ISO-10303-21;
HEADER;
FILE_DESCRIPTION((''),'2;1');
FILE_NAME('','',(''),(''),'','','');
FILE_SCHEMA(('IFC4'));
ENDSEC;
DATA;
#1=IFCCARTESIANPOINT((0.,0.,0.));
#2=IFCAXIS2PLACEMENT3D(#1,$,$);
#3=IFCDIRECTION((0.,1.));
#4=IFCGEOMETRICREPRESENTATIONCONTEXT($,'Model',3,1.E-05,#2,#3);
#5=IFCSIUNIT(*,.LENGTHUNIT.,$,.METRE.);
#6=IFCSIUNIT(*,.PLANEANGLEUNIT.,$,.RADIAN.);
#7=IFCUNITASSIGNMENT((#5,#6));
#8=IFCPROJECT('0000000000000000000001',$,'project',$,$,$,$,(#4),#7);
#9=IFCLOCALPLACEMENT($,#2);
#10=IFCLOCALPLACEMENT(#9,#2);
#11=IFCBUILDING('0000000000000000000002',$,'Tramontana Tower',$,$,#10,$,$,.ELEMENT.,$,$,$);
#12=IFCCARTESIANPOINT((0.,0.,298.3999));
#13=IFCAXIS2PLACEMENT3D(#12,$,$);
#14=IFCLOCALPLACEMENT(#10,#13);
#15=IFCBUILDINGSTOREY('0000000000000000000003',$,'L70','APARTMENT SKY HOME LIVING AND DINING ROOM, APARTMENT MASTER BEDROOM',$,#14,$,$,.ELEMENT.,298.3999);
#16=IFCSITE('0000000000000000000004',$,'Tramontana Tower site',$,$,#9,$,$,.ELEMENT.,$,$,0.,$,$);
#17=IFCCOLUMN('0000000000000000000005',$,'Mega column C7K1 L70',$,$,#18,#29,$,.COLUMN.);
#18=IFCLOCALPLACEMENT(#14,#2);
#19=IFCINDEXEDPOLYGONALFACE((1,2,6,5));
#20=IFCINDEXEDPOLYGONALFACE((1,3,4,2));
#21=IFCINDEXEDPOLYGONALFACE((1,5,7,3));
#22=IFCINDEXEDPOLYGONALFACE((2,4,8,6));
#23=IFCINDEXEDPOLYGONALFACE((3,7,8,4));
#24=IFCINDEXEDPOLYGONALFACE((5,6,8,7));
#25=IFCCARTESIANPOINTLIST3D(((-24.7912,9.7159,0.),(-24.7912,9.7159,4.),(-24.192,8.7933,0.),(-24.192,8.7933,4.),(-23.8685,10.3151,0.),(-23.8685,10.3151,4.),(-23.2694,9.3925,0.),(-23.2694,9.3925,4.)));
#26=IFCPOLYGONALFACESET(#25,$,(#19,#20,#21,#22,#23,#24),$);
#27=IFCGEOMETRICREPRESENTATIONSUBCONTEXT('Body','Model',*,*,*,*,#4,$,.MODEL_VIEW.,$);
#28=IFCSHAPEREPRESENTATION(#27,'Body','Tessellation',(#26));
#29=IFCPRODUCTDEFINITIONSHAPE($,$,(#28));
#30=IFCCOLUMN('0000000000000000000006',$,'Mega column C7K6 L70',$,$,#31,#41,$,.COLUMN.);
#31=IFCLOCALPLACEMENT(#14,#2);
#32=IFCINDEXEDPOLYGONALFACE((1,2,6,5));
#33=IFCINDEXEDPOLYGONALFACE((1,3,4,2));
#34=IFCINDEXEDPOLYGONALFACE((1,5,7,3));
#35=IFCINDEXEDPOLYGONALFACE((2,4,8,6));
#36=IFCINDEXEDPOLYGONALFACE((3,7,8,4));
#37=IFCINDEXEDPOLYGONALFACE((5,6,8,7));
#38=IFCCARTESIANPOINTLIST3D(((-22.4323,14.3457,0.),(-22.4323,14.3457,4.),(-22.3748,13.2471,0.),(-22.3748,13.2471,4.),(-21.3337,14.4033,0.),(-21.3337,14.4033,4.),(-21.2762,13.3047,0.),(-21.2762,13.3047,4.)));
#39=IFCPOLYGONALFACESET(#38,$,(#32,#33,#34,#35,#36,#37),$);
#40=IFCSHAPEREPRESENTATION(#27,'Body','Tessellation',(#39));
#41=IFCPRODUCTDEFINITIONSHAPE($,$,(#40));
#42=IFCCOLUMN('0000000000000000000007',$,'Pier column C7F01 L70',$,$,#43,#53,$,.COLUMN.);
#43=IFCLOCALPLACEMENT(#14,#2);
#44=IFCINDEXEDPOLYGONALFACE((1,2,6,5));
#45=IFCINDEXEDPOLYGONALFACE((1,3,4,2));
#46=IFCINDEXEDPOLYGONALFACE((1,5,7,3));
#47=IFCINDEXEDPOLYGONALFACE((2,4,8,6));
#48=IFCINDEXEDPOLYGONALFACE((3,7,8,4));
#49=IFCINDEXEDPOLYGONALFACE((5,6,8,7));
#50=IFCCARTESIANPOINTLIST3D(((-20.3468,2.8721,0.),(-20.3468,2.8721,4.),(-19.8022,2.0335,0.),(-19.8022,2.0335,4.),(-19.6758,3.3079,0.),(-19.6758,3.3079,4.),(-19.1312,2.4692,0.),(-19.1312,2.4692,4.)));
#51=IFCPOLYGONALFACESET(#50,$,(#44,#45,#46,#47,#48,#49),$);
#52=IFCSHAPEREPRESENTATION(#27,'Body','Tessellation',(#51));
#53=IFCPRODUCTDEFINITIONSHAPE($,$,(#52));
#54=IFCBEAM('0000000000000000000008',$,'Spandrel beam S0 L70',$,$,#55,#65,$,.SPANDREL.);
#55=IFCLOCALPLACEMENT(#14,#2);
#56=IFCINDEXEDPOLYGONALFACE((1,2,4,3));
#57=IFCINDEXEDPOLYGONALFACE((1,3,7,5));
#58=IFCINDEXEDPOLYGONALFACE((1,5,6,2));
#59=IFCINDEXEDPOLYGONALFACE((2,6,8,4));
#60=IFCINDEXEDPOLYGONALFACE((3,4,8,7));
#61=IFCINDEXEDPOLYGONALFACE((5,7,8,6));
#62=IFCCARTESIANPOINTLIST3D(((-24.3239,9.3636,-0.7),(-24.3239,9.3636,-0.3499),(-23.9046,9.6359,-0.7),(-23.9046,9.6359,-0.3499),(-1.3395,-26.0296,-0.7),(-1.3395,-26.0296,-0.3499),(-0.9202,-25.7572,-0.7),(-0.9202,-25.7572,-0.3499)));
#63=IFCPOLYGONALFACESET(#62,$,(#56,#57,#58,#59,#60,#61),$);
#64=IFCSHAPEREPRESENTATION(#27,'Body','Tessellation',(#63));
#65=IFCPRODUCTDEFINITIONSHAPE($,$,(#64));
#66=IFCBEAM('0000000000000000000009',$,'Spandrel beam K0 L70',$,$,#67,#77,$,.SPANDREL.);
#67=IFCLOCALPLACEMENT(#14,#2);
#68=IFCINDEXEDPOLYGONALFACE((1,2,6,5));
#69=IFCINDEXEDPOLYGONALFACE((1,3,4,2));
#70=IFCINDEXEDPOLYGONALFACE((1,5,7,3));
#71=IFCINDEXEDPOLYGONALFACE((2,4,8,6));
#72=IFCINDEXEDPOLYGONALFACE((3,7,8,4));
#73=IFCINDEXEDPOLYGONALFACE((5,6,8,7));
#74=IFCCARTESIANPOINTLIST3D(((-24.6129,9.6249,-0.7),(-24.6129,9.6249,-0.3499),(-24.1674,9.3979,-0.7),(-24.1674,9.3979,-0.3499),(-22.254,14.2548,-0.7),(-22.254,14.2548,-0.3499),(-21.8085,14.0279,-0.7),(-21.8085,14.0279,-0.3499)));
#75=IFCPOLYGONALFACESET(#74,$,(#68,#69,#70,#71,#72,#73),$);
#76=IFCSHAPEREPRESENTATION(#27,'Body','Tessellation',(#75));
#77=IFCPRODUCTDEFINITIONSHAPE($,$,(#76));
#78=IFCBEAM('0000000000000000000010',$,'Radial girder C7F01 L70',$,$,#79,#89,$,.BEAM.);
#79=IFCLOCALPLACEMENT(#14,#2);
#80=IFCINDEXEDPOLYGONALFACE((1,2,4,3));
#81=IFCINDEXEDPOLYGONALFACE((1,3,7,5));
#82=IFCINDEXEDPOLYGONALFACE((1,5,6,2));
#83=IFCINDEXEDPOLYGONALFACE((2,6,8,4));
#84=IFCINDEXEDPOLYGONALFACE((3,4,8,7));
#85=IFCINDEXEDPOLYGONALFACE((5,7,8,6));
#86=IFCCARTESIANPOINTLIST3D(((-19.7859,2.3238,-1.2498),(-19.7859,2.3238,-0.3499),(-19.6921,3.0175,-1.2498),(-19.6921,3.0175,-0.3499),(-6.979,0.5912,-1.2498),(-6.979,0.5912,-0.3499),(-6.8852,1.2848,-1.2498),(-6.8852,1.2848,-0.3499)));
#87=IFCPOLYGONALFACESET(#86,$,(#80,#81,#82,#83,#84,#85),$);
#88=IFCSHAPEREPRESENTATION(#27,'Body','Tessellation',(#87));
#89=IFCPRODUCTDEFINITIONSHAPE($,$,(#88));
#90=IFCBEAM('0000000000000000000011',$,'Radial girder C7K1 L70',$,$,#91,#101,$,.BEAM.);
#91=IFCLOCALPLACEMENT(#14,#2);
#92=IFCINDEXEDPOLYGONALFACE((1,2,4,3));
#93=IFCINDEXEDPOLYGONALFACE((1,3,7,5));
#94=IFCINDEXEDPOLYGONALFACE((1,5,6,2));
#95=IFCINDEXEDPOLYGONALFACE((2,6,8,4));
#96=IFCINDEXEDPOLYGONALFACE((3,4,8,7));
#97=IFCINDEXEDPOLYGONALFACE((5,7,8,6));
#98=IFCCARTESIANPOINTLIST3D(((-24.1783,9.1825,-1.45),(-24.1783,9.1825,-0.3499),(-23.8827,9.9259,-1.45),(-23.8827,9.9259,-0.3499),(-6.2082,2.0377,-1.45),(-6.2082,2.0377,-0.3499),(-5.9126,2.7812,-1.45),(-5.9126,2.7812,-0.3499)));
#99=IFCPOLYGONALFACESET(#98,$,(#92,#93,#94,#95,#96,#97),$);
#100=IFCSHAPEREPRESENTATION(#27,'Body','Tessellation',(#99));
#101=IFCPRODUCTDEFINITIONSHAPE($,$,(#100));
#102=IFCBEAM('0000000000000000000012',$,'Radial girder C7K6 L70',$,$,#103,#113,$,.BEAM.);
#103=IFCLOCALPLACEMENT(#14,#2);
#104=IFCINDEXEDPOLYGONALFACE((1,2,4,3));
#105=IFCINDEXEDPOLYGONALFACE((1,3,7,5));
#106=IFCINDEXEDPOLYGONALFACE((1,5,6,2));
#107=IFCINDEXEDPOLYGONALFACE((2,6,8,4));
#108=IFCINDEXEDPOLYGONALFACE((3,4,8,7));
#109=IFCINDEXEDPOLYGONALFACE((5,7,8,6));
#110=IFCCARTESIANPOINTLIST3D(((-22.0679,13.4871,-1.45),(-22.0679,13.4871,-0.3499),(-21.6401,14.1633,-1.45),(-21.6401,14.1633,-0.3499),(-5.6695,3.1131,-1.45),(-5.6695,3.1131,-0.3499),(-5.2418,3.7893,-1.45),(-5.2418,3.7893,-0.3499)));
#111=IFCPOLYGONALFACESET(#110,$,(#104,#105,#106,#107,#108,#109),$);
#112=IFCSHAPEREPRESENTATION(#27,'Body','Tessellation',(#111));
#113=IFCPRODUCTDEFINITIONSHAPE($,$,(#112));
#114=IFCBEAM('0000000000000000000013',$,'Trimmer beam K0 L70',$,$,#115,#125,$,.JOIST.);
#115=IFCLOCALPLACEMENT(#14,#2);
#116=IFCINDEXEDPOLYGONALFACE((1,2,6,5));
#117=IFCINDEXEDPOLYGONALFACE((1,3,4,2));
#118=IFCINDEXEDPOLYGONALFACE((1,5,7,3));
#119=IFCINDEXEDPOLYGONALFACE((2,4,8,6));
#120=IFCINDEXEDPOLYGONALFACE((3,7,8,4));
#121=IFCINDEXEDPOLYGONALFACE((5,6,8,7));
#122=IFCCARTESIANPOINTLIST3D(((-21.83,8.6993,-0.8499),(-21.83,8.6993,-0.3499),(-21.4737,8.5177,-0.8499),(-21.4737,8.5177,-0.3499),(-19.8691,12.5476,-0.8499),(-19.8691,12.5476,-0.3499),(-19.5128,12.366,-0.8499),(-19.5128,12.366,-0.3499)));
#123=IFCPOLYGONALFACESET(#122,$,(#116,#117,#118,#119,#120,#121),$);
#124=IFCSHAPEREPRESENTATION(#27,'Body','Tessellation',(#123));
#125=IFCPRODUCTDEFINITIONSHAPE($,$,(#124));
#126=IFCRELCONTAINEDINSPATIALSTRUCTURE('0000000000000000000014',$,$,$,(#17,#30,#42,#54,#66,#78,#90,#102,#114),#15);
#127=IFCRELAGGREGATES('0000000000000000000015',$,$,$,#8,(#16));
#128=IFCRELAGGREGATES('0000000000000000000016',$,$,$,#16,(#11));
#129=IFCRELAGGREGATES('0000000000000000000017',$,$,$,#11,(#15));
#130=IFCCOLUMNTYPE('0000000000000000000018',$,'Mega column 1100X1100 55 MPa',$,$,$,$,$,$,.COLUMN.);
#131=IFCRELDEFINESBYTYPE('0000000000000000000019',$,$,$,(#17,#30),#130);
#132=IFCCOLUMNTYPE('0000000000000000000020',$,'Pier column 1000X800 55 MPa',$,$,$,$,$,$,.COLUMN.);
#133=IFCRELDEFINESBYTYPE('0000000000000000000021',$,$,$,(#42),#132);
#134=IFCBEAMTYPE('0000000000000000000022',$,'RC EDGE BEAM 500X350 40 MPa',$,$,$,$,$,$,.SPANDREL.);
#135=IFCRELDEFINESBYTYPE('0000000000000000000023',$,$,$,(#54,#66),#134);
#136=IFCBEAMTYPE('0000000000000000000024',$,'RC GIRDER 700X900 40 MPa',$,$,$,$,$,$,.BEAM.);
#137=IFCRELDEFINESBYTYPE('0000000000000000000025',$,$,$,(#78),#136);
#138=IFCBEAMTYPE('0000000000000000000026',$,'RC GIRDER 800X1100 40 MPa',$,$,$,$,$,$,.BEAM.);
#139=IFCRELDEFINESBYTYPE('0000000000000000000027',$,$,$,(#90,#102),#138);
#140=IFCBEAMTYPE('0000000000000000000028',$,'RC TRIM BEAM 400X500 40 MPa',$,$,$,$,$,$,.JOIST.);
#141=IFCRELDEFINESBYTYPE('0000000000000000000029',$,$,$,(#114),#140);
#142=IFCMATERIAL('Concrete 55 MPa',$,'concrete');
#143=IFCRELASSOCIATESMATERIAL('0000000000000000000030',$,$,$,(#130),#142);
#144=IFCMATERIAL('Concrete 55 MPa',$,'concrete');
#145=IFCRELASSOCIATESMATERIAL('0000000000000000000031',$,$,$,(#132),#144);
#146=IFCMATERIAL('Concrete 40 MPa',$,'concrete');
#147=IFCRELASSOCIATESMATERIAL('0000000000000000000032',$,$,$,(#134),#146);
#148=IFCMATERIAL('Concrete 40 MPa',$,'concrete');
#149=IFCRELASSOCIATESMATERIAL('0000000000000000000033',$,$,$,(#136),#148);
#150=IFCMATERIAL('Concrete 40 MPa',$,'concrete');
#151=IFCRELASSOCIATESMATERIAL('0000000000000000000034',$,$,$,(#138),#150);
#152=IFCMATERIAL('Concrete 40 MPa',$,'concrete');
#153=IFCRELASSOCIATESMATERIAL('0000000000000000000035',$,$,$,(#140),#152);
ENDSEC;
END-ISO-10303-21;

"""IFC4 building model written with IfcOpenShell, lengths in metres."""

from ifc_helpers import new_model, si_unit, direction, frame, origin, origin_2d, place, context, subcontext, project, spatial, rectangle, extrude, material, material_profile, profile_set, type_object, element, save


model = new_model("IFC4")

# Units and contexts
model_context = context("Model", 3, precision=1e-05, world=origin(), true_north=direction((0.0, 1.0)))
body_context = subcontext(model_context, "Body", "Model", "MODEL_VIEW")
ifc_project = project(units=[si_unit("LENGTHUNIT", "METRE"), si_unit("PLANEANGLEUNIT", "RADIAN")], contexts=[model_context])

# Site, building, storey
site_placement = place(None, origin())
site = spatial("IfcSite", under=ifc_project, at=site_placement, Name="Tramontana Tower site", CompositionType="ELEMENT", RefElevation=0.0)
building_placement = place(site_placement, origin())
building = spatial("IfcBuilding", under=site, at=building_placement, Name="Tramontana Tower", CompositionType="ELEMENT")
storey_placement = place(building_placement, frame((0.0, 0.0, 298.3999)))
storey = spatial("IfcBuildingStorey", under=building, at=storey_placement, Name="L70", Description="APARTMENT SKY HOME LIVING AND DINING ROOM, APARTMENT MASTER BEDROOM", CompositionType="ELEMENT", Elevation=298.3999)

# Columns
ifc_material_1 = material(Name="Concrete 55 MPa", Category="concrete")
ifc_material_profile_1 = material_profile(ifc_material_1, rectangle(XDim=1.1001, YDim=1.1001, at=origin_2d()), Name="Mega column 1100X1100 55 MPa")
ifc_profile_set_1 = profile_set([ifc_material_profile_1], Name="Concrete 55 MPa")
column_type_1 = type_object("IfcColumnType", Name="Mega column 1100X1100 55 MPa", PredefinedType="COLUMN", material=ifc_profile_set_1)
for number, where, z_axis, x_axis, name in (
    (1, (-24.0303, 9.5542, 0.0), (0.0, 0.0, 1.0), (0.544639, -0.838671, 0.0), "Mega column C7K1 L70"),
    (2, (-21.8542, 13.8252, 0.0), (0.0, 0.0, 1.0), (-0.99863, -0.052336, 0.0), "Mega column C7K6 L70"),
):
    element("IfcColumn", number, at=place(storey_placement, frame(where, z_axis=z_axis, x_axis=x_axis)), inside=storey, type_object=column_type_1, Name=name, PredefinedType="COLUMN", context=body_context, shape_type="SweptSolid", body=[
        extrude(rectangle(XDim=1.1001, YDim=1.1001, at=origin_2d()), origin(), (0.0, 0.0, 1.0), 4.0),
    ])
ifc_material_2 = material(Name="Concrete 55 MPa", Category="concrete")
ifc_material_profile_2 = material_profile(ifc_material_2, rectangle(XDim=1.0, YDim=0.8, at=origin_2d()), Name="Pier column 1000X800 55 MPa")
ifc_profile_set_2 = profile_set([ifc_material_profile_2], Name="Concrete 55 MPa")
column_type_2 = type_object("IfcColumnType", Name="Pier column 1000X800 55 MPa", PredefinedType="COLUMN", material=ifc_profile_set_2)
column_placement = place(storey_placement, frame((-19.739, 2.6707, 0.0), z_axis=(0.0, 0.0, 1.0), x_axis=(0.544639, -0.838671, 0.0)))
element("IfcColumn", 3, at=column_placement, inside=storey, type_object=column_type_2, Name="Pier column C7F01 L70", PredefinedType="COLUMN", context=body_context, shape_type="SweptSolid", body=[
    extrude(rectangle(XDim=1.0, YDim=0.8, at=origin_2d()), origin(), (0.0, 0.0, 1.0), 4.0),
])

# Beams
ifc_material_3 = material(Name="Concrete 40 MPa", Category="concrete")
ifc_material_profile_3 = material_profile(ifc_material_3, rectangle(XDim=0.5, YDim=0.3501, at=origin_2d()), Name="RC EDGE BEAM 500X350 40 MPa")
ifc_profile_set_3 = profile_set([ifc_material_profile_3], Name="Concrete 40 MPa")
beam_type_1 = type_object("IfcBeamType", Name="RC EDGE BEAM 500X350 40 MPa", PredefinedType="SPANDREL", material=ifc_profile_set_3)
beam_1_placement = place(storey_placement, frame((-24.1143, 9.4998, -0.5249), z_axis=(0.544637, -0.838672, 0.0), x_axis=(0.838672, 0.544637, 0.0)))
element("IfcBeam", 4, at=beam_1_placement, inside=storey, type_object=beam_type_1, Name="Spandrel beam S0 L70", PredefinedType="SPANDREL", context=body_context, shape_type="SweptSolid", body=[
    extrude(rectangle(XDim=0.5, YDim=0.3501, at=origin_2d()), origin(), (0.0, 0.0, 1.0), 42.2014),
])
beam_2_placement = place(storey_placement, frame((-22.0312, 14.1414, -0.5249), z_axis=(-0.453967, -0.891019, 0.0), x_axis=(0.891019, -0.453967, 0.0)))
element("IfcBeam", 5, at=beam_2_placement, inside=storey, type_object=beam_type_1, Name="Spandrel beam K0 L70", PredefinedType="SPANDREL", context=body_context, shape_type="SweptSolid", body=[
    extrude(rectangle(XDim=0.5, YDim=0.3501, at=origin_2d()), origin(), (0.0, 0.0, 1.0), 5.1963),
])
ifc_material_4 = material(Name="Concrete 40 MPa", Category="concrete")
ifc_material_profile_4 = material_profile(ifc_material_4, rectangle(XDim=0.7, YDim=0.8999, at=origin_2d()), Name="RC GIRDER 700X900 40 MPa")
ifc_profile_set_4 = profile_set([ifc_material_profile_4], Name="Concrete 40 MPa")
beam_type_2 = type_object("IfcBeamType", Name="RC GIRDER 700X900 40 MPa", PredefinedType="BEAM", material=ifc_profile_set_4)
beam_3_placement = place(storey_placement, frame((-19.739, 2.6707, -0.7998), z_axis=(0.990972, -0.13407, 0.0), x_axis=(0.13407, 0.990972, 0.0)))
element("IfcBeam", 6, at=beam_3_placement, inside=storey, type_object=beam_type_2, Name="Radial girder C7F01 L70", PredefinedType="BEAM", context=body_context, shape_type="SweptSolid", body=[
    extrude(rectangle(XDim=0.7, YDim=0.8999, at=origin_2d()), origin(), (0.0, 0.0, 1.0), 12.9236),
])
ifc_material_5 = material(Name="Concrete 40 MPa", Category="concrete")
ifc_material_profile_5 = material_profile(ifc_material_5, rectangle(XDim=0.8, YDim=1.1001, at=origin_2d()), Name="RC GIRDER 800X1100 40 MPa")
ifc_profile_set_5 = profile_set([ifc_material_profile_5], Name="Concrete 40 MPa")
beam_type_3 = type_object("IfcBeamType", Name="RC GIRDER 800X1100 40 MPa", PredefinedType="BEAM", material=ifc_profile_set_5)
beam_4_placement = place(storey_placement, frame((-24.0305, 9.5542, -0.8999), z_axis=(0.929247, -0.369459, 0.0), x_axis=(0.369459, 0.929247, 0.0)))
element("IfcBeam", 7, at=beam_4_placement, inside=storey, type_object=beam_type_3, Name="Radial girder C7K1 L70", PredefinedType="BEAM", context=body_context, shape_type="SweptSolid", body=[
    extrude(rectangle(XDim=0.8, YDim=1.1001, at=origin_2d()), origin(), (0.0, 0.0, 1.0), 19.3384),
])
beam_5_placement = place(storey_placement, frame((-21.854, 13.8252, -0.8999), z_axis=(0.84509, -0.534623, 0.0), x_axis=(0.534623, 0.84509, 0.0)))
element("IfcBeam", 8, at=beam_5_placement, inside=storey, type_object=beam_type_3, Name="Radial girder C7K6 L70", PredefinedType="BEAM", context=body_context, shape_type="SweptSolid", body=[
    extrude(rectangle(XDim=0.8, YDim=1.1001, at=origin_2d()), origin(), (0.0, 0.0, 1.0), 19.4043),
])
ifc_material_6 = material(Name="Concrete 40 MPa", Category="concrete")
ifc_material_profile_6 = material_profile(ifc_material_6, rectangle(XDim=0.3999, YDim=0.5, at=origin_2d()), Name="RC TRIM BEAM 400X500 40 MPa")
ifc_profile_set_6 = profile_set([ifc_material_profile_6], Name="Concrete 40 MPa")
beam_type_4 = type_object("IfcBeamType", Name="RC TRIM BEAM 400X500 40 MPa", PredefinedType="JOIST", material=ifc_profile_set_6)
beam_6_placement = place(storey_placement, frame((-19.6909, 12.4568, -0.5999), z_axis=(-0.454006, -0.890999, 0.0), x_axis=(0.890999, -0.454006, 0.0)))
element("IfcBeam", 9, at=beam_6_placement, inside=storey, type_object=beam_type_4, Name="Trimmer beam K0 L70", PredefinedType="JOIST", context=body_context, shape_type="SweptSolid", body=[
    extrude(rectangle(XDim=0.3999, YDim=0.5, at=origin_2d()), origin(), (0.0, 0.0, 1.0), 4.3191),
])

save(model, "model.ifc")
